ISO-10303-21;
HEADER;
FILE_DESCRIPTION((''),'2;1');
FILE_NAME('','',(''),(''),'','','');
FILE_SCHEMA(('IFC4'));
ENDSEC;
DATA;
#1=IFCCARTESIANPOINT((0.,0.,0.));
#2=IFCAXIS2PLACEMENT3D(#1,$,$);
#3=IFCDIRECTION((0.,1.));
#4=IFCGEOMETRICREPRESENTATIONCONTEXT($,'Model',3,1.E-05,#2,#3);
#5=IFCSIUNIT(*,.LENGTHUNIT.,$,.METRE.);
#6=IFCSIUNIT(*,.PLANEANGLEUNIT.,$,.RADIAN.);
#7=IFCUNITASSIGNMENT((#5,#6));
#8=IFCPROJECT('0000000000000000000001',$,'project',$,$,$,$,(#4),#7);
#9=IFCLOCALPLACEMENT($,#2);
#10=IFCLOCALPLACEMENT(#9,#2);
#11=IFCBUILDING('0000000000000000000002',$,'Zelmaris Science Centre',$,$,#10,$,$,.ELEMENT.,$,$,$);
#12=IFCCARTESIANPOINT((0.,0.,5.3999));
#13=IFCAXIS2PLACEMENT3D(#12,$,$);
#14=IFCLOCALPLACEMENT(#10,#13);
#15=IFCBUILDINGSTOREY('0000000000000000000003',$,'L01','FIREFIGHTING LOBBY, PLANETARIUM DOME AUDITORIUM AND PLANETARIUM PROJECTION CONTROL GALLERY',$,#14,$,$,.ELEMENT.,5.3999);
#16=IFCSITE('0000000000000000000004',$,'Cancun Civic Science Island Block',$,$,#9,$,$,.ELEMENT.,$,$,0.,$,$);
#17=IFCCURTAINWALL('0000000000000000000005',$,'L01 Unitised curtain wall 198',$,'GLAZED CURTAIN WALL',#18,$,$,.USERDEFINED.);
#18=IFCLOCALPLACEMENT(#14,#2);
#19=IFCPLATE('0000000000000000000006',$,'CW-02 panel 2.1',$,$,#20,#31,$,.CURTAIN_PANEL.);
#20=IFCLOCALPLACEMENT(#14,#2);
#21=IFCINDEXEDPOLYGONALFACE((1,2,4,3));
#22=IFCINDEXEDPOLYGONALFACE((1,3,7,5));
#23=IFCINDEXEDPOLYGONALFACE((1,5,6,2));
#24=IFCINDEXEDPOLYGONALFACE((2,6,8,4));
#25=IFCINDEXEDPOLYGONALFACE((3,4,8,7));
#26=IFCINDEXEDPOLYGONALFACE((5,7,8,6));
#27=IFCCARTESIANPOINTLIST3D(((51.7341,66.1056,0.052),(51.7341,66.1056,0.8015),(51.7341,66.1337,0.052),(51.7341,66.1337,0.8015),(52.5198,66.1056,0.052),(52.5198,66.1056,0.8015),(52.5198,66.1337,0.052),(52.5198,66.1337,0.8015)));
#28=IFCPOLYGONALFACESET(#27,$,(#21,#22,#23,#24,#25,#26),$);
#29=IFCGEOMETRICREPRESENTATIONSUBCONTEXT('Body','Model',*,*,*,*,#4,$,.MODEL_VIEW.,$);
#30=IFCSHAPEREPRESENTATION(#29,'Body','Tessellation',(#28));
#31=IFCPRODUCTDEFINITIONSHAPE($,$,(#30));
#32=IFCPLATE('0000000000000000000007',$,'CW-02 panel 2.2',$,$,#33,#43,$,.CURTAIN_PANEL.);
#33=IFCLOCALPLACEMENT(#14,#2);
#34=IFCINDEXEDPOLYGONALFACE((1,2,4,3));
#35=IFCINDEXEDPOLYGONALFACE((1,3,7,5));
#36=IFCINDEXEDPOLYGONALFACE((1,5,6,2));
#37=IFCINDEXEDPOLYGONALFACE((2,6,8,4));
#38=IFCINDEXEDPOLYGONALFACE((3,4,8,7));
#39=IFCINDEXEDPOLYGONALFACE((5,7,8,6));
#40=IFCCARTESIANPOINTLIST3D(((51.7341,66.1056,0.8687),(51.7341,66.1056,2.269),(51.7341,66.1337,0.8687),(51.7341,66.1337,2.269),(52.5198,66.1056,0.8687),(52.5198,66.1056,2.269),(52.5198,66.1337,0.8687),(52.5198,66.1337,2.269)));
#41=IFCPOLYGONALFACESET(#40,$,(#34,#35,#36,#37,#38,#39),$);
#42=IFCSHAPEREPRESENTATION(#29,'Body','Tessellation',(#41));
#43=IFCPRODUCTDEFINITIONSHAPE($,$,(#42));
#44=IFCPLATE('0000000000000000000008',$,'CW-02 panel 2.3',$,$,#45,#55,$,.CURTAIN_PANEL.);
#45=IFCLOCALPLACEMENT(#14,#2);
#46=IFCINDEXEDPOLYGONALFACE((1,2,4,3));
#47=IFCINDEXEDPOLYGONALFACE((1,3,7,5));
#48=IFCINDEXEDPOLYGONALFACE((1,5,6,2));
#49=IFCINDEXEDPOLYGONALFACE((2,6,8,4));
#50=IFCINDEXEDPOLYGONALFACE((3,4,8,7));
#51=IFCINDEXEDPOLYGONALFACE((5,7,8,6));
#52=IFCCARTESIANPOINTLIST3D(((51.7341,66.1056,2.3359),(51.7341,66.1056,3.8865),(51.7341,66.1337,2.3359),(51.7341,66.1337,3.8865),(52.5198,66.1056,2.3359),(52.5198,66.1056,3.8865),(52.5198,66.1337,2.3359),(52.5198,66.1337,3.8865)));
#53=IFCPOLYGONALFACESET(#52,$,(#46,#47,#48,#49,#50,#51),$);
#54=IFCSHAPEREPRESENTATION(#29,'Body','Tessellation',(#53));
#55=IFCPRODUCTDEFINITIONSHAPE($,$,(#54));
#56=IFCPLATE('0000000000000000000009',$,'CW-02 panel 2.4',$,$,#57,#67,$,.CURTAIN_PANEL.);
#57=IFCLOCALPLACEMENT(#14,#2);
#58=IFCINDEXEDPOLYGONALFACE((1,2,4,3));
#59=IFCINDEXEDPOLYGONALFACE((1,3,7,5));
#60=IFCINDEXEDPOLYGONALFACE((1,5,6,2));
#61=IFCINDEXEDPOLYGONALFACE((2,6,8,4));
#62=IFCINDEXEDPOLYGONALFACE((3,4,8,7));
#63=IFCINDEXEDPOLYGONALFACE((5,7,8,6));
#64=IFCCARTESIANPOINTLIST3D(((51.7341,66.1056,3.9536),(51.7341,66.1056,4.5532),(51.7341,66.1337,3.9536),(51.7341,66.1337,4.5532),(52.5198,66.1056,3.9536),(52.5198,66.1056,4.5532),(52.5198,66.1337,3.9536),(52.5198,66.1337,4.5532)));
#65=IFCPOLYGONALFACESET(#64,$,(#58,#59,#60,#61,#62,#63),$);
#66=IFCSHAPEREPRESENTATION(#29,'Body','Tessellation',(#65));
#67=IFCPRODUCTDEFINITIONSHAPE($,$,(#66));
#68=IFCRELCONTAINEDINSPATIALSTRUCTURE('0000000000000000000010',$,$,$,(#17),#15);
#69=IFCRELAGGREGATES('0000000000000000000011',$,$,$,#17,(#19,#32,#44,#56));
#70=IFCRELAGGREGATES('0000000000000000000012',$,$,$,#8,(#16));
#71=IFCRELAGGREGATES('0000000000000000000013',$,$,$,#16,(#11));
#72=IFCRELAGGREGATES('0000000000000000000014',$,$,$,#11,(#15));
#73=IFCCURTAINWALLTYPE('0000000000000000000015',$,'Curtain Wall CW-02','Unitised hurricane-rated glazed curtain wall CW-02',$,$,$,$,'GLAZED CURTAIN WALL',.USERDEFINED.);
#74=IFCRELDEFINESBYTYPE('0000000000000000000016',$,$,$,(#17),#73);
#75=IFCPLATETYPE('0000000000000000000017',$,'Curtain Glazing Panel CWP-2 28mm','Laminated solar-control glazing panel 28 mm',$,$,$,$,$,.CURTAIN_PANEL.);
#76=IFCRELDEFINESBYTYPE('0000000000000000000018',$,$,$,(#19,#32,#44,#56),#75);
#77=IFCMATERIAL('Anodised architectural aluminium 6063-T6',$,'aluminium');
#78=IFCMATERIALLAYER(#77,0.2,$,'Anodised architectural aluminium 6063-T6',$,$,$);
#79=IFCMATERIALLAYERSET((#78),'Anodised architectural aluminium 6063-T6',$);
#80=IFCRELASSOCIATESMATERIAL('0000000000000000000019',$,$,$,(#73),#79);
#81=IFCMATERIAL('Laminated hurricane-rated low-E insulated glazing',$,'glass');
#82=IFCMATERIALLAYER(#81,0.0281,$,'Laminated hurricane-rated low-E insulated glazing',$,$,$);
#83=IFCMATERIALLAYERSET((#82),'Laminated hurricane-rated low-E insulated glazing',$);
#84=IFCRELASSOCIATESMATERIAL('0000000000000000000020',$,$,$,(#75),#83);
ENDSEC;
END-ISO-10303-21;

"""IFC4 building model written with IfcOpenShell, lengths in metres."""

from ifc_helpers import new_model, si_unit, direction, frame, origin, origin_2d, place, context, subcontext, project, spatial, rectangle, extrude, material, layer, layer_set, type_object, element, aggregate, save


model = new_model("IFC4")

# Units and contexts
model_context = context("Model", 3, precision=1e-05, world=origin(), true_north=direction((0.0, 1.0)))
body_context = subcontext(model_context, "Body", "Model", "MODEL_VIEW")
ifc_project = project(units=[si_unit("LENGTHUNIT", "METRE"), si_unit("PLANEANGLEUNIT", "RADIAN")], contexts=[model_context])

# Site, building, storey
site_placement = place(None, origin())
site = spatial("IfcSite", under=ifc_project, at=site_placement, Name="Cancun Civic Science Island Block", CompositionType="ELEMENT", RefElevation=0.0)
building_placement = place(site_placement, origin())
building = spatial("IfcBuilding", under=site, at=building_placement, Name="Zelmaris Science Centre", CompositionType="ELEMENT")
storey_placement = place(building_placement, frame((0.0, 0.0, 5.3999)))
storey = spatial("IfcBuildingStorey", under=building, at=storey_placement, Name="L01", Description="FIREFIGHTING LOBBY, PLANETARIUM DOME AUDITORIUM AND PLANETARIUM PROJECTION CONTROL GALLERY", CompositionType="ELEMENT", Elevation=5.3999)

# Curtain wall
ifc_material_1 = material(Name="Anodised architectural aluminium 6063-T6", Category="aluminium")
ifc_layer_1 = layer(ifc_material_1, 0.2, Name="Anodised architectural aluminium 6063-T6")
ifc_layer_set_1 = layer_set([ifc_layer_1], Name="Anodised architectural aluminium 6063-T6")
curtain_wall_type = type_object("IfcCurtainWallType", Name="Curtain Wall CW-02", Description="Unitised hurricane-rated glazed curtain wall CW-02", ElementType="GLAZED CURTAIN WALL", PredefinedType="USERDEFINED", material=ifc_layer_set_1)
curtain_wall_placement = place(storey_placement, origin())
curtain_wall = element("IfcCurtainWall", 1, at=curtain_wall_placement, inside=storey, type_object=curtain_wall_type, Name="L01 Unitised curtain wall 198", ObjectType="GLAZED CURTAIN WALL", PredefinedType="USERDEFINED")

# Plates
ifc_material_2 = material(Name="Laminated hurricane-rated low-E insulated glazing", Category="glass")
ifc_layer_2 = layer(ifc_material_2, 0.0281, Name="Laminated hurricane-rated low-E insulated glazing")
ifc_layer_set_2 = layer_set([ifc_layer_2], Name="Laminated hurricane-rated low-E insulated glazing")
plate_type = type_object("IfcPlateType", Name="Curtain Glazing Panel CWP-2 28mm", Description="Laminated solar-control glazing panel 28 mm", PredefinedType="CURTAIN_PANEL", material=ifc_layer_set_2)
plate_1_placement = place(storey_placement, frame((52.127, 66.1196, 0.052), z_axis=(0.0, 0.0, 1.0), x_axis=(-1.0, 0.0, 0.0)))
plate_1 = element("IfcPlate", 2, at=plate_1_placement, type_object=plate_type, Name="CW-02 panel 2.1", PredefinedType="CURTAIN_PANEL", context=body_context, shape_type="SweptSolid", body=[
    extrude(rectangle(XDim=0.7856, YDim=0.0281, at=origin_2d()), origin(), (0.0, 0.0, 1.0), 0.7495),
])
plate_2_placement = place(storey_placement, frame((52.127, 66.1196, 0.8687), z_axis=(0.0, 0.0, 1.0), x_axis=(-1.0, 0.0, 0.0)))
plate_2 = element("IfcPlate", 3, at=plate_2_placement, type_object=plate_type, Name="CW-02 panel 2.2", PredefinedType="CURTAIN_PANEL", context=body_context, shape_type="SweptSolid", body=[
    extrude(rectangle(XDim=0.7856, YDim=0.0281, at=origin_2d()), origin(), (0.0, 0.0, 1.0), 1.4004),
])
plate_3_placement = place(storey_placement, frame((52.127, 66.1196, 2.3359), z_axis=(0.0, 0.0, 1.0), x_axis=(-1.0, 0.0, 0.0)))
plate_3 = element("IfcPlate", 4, at=plate_3_placement, type_object=plate_type, Name="CW-02 panel 2.3", PredefinedType="CURTAIN_PANEL", context=body_context, shape_type="SweptSolid", body=[
    extrude(rectangle(XDim=0.7856, YDim=0.0281, at=origin_2d()), origin(), (0.0, 0.0, 1.0), 1.5505),
])
plate_4_placement = place(storey_placement, frame((52.127, 66.1196, 3.9536), z_axis=(0.0, 0.0, 1.0), x_axis=(-1.0, 0.0, 0.0)))
plate_4 = element("IfcPlate", 5, at=plate_4_placement, type_object=plate_type, Name="CW-02 panel 2.4", PredefinedType="CURTAIN_PANEL", context=body_context, shape_type="SweptSolid", body=[
    extrude(rectangle(XDim=0.7856, YDim=0.0281, at=origin_2d()), origin(), (0.0, 0.0, 1.0), 0.5996),
])
aggregate(curtain_wall, [plate_1, plate_2, plate_3, plate_4])

save(model, "model.ifc")
